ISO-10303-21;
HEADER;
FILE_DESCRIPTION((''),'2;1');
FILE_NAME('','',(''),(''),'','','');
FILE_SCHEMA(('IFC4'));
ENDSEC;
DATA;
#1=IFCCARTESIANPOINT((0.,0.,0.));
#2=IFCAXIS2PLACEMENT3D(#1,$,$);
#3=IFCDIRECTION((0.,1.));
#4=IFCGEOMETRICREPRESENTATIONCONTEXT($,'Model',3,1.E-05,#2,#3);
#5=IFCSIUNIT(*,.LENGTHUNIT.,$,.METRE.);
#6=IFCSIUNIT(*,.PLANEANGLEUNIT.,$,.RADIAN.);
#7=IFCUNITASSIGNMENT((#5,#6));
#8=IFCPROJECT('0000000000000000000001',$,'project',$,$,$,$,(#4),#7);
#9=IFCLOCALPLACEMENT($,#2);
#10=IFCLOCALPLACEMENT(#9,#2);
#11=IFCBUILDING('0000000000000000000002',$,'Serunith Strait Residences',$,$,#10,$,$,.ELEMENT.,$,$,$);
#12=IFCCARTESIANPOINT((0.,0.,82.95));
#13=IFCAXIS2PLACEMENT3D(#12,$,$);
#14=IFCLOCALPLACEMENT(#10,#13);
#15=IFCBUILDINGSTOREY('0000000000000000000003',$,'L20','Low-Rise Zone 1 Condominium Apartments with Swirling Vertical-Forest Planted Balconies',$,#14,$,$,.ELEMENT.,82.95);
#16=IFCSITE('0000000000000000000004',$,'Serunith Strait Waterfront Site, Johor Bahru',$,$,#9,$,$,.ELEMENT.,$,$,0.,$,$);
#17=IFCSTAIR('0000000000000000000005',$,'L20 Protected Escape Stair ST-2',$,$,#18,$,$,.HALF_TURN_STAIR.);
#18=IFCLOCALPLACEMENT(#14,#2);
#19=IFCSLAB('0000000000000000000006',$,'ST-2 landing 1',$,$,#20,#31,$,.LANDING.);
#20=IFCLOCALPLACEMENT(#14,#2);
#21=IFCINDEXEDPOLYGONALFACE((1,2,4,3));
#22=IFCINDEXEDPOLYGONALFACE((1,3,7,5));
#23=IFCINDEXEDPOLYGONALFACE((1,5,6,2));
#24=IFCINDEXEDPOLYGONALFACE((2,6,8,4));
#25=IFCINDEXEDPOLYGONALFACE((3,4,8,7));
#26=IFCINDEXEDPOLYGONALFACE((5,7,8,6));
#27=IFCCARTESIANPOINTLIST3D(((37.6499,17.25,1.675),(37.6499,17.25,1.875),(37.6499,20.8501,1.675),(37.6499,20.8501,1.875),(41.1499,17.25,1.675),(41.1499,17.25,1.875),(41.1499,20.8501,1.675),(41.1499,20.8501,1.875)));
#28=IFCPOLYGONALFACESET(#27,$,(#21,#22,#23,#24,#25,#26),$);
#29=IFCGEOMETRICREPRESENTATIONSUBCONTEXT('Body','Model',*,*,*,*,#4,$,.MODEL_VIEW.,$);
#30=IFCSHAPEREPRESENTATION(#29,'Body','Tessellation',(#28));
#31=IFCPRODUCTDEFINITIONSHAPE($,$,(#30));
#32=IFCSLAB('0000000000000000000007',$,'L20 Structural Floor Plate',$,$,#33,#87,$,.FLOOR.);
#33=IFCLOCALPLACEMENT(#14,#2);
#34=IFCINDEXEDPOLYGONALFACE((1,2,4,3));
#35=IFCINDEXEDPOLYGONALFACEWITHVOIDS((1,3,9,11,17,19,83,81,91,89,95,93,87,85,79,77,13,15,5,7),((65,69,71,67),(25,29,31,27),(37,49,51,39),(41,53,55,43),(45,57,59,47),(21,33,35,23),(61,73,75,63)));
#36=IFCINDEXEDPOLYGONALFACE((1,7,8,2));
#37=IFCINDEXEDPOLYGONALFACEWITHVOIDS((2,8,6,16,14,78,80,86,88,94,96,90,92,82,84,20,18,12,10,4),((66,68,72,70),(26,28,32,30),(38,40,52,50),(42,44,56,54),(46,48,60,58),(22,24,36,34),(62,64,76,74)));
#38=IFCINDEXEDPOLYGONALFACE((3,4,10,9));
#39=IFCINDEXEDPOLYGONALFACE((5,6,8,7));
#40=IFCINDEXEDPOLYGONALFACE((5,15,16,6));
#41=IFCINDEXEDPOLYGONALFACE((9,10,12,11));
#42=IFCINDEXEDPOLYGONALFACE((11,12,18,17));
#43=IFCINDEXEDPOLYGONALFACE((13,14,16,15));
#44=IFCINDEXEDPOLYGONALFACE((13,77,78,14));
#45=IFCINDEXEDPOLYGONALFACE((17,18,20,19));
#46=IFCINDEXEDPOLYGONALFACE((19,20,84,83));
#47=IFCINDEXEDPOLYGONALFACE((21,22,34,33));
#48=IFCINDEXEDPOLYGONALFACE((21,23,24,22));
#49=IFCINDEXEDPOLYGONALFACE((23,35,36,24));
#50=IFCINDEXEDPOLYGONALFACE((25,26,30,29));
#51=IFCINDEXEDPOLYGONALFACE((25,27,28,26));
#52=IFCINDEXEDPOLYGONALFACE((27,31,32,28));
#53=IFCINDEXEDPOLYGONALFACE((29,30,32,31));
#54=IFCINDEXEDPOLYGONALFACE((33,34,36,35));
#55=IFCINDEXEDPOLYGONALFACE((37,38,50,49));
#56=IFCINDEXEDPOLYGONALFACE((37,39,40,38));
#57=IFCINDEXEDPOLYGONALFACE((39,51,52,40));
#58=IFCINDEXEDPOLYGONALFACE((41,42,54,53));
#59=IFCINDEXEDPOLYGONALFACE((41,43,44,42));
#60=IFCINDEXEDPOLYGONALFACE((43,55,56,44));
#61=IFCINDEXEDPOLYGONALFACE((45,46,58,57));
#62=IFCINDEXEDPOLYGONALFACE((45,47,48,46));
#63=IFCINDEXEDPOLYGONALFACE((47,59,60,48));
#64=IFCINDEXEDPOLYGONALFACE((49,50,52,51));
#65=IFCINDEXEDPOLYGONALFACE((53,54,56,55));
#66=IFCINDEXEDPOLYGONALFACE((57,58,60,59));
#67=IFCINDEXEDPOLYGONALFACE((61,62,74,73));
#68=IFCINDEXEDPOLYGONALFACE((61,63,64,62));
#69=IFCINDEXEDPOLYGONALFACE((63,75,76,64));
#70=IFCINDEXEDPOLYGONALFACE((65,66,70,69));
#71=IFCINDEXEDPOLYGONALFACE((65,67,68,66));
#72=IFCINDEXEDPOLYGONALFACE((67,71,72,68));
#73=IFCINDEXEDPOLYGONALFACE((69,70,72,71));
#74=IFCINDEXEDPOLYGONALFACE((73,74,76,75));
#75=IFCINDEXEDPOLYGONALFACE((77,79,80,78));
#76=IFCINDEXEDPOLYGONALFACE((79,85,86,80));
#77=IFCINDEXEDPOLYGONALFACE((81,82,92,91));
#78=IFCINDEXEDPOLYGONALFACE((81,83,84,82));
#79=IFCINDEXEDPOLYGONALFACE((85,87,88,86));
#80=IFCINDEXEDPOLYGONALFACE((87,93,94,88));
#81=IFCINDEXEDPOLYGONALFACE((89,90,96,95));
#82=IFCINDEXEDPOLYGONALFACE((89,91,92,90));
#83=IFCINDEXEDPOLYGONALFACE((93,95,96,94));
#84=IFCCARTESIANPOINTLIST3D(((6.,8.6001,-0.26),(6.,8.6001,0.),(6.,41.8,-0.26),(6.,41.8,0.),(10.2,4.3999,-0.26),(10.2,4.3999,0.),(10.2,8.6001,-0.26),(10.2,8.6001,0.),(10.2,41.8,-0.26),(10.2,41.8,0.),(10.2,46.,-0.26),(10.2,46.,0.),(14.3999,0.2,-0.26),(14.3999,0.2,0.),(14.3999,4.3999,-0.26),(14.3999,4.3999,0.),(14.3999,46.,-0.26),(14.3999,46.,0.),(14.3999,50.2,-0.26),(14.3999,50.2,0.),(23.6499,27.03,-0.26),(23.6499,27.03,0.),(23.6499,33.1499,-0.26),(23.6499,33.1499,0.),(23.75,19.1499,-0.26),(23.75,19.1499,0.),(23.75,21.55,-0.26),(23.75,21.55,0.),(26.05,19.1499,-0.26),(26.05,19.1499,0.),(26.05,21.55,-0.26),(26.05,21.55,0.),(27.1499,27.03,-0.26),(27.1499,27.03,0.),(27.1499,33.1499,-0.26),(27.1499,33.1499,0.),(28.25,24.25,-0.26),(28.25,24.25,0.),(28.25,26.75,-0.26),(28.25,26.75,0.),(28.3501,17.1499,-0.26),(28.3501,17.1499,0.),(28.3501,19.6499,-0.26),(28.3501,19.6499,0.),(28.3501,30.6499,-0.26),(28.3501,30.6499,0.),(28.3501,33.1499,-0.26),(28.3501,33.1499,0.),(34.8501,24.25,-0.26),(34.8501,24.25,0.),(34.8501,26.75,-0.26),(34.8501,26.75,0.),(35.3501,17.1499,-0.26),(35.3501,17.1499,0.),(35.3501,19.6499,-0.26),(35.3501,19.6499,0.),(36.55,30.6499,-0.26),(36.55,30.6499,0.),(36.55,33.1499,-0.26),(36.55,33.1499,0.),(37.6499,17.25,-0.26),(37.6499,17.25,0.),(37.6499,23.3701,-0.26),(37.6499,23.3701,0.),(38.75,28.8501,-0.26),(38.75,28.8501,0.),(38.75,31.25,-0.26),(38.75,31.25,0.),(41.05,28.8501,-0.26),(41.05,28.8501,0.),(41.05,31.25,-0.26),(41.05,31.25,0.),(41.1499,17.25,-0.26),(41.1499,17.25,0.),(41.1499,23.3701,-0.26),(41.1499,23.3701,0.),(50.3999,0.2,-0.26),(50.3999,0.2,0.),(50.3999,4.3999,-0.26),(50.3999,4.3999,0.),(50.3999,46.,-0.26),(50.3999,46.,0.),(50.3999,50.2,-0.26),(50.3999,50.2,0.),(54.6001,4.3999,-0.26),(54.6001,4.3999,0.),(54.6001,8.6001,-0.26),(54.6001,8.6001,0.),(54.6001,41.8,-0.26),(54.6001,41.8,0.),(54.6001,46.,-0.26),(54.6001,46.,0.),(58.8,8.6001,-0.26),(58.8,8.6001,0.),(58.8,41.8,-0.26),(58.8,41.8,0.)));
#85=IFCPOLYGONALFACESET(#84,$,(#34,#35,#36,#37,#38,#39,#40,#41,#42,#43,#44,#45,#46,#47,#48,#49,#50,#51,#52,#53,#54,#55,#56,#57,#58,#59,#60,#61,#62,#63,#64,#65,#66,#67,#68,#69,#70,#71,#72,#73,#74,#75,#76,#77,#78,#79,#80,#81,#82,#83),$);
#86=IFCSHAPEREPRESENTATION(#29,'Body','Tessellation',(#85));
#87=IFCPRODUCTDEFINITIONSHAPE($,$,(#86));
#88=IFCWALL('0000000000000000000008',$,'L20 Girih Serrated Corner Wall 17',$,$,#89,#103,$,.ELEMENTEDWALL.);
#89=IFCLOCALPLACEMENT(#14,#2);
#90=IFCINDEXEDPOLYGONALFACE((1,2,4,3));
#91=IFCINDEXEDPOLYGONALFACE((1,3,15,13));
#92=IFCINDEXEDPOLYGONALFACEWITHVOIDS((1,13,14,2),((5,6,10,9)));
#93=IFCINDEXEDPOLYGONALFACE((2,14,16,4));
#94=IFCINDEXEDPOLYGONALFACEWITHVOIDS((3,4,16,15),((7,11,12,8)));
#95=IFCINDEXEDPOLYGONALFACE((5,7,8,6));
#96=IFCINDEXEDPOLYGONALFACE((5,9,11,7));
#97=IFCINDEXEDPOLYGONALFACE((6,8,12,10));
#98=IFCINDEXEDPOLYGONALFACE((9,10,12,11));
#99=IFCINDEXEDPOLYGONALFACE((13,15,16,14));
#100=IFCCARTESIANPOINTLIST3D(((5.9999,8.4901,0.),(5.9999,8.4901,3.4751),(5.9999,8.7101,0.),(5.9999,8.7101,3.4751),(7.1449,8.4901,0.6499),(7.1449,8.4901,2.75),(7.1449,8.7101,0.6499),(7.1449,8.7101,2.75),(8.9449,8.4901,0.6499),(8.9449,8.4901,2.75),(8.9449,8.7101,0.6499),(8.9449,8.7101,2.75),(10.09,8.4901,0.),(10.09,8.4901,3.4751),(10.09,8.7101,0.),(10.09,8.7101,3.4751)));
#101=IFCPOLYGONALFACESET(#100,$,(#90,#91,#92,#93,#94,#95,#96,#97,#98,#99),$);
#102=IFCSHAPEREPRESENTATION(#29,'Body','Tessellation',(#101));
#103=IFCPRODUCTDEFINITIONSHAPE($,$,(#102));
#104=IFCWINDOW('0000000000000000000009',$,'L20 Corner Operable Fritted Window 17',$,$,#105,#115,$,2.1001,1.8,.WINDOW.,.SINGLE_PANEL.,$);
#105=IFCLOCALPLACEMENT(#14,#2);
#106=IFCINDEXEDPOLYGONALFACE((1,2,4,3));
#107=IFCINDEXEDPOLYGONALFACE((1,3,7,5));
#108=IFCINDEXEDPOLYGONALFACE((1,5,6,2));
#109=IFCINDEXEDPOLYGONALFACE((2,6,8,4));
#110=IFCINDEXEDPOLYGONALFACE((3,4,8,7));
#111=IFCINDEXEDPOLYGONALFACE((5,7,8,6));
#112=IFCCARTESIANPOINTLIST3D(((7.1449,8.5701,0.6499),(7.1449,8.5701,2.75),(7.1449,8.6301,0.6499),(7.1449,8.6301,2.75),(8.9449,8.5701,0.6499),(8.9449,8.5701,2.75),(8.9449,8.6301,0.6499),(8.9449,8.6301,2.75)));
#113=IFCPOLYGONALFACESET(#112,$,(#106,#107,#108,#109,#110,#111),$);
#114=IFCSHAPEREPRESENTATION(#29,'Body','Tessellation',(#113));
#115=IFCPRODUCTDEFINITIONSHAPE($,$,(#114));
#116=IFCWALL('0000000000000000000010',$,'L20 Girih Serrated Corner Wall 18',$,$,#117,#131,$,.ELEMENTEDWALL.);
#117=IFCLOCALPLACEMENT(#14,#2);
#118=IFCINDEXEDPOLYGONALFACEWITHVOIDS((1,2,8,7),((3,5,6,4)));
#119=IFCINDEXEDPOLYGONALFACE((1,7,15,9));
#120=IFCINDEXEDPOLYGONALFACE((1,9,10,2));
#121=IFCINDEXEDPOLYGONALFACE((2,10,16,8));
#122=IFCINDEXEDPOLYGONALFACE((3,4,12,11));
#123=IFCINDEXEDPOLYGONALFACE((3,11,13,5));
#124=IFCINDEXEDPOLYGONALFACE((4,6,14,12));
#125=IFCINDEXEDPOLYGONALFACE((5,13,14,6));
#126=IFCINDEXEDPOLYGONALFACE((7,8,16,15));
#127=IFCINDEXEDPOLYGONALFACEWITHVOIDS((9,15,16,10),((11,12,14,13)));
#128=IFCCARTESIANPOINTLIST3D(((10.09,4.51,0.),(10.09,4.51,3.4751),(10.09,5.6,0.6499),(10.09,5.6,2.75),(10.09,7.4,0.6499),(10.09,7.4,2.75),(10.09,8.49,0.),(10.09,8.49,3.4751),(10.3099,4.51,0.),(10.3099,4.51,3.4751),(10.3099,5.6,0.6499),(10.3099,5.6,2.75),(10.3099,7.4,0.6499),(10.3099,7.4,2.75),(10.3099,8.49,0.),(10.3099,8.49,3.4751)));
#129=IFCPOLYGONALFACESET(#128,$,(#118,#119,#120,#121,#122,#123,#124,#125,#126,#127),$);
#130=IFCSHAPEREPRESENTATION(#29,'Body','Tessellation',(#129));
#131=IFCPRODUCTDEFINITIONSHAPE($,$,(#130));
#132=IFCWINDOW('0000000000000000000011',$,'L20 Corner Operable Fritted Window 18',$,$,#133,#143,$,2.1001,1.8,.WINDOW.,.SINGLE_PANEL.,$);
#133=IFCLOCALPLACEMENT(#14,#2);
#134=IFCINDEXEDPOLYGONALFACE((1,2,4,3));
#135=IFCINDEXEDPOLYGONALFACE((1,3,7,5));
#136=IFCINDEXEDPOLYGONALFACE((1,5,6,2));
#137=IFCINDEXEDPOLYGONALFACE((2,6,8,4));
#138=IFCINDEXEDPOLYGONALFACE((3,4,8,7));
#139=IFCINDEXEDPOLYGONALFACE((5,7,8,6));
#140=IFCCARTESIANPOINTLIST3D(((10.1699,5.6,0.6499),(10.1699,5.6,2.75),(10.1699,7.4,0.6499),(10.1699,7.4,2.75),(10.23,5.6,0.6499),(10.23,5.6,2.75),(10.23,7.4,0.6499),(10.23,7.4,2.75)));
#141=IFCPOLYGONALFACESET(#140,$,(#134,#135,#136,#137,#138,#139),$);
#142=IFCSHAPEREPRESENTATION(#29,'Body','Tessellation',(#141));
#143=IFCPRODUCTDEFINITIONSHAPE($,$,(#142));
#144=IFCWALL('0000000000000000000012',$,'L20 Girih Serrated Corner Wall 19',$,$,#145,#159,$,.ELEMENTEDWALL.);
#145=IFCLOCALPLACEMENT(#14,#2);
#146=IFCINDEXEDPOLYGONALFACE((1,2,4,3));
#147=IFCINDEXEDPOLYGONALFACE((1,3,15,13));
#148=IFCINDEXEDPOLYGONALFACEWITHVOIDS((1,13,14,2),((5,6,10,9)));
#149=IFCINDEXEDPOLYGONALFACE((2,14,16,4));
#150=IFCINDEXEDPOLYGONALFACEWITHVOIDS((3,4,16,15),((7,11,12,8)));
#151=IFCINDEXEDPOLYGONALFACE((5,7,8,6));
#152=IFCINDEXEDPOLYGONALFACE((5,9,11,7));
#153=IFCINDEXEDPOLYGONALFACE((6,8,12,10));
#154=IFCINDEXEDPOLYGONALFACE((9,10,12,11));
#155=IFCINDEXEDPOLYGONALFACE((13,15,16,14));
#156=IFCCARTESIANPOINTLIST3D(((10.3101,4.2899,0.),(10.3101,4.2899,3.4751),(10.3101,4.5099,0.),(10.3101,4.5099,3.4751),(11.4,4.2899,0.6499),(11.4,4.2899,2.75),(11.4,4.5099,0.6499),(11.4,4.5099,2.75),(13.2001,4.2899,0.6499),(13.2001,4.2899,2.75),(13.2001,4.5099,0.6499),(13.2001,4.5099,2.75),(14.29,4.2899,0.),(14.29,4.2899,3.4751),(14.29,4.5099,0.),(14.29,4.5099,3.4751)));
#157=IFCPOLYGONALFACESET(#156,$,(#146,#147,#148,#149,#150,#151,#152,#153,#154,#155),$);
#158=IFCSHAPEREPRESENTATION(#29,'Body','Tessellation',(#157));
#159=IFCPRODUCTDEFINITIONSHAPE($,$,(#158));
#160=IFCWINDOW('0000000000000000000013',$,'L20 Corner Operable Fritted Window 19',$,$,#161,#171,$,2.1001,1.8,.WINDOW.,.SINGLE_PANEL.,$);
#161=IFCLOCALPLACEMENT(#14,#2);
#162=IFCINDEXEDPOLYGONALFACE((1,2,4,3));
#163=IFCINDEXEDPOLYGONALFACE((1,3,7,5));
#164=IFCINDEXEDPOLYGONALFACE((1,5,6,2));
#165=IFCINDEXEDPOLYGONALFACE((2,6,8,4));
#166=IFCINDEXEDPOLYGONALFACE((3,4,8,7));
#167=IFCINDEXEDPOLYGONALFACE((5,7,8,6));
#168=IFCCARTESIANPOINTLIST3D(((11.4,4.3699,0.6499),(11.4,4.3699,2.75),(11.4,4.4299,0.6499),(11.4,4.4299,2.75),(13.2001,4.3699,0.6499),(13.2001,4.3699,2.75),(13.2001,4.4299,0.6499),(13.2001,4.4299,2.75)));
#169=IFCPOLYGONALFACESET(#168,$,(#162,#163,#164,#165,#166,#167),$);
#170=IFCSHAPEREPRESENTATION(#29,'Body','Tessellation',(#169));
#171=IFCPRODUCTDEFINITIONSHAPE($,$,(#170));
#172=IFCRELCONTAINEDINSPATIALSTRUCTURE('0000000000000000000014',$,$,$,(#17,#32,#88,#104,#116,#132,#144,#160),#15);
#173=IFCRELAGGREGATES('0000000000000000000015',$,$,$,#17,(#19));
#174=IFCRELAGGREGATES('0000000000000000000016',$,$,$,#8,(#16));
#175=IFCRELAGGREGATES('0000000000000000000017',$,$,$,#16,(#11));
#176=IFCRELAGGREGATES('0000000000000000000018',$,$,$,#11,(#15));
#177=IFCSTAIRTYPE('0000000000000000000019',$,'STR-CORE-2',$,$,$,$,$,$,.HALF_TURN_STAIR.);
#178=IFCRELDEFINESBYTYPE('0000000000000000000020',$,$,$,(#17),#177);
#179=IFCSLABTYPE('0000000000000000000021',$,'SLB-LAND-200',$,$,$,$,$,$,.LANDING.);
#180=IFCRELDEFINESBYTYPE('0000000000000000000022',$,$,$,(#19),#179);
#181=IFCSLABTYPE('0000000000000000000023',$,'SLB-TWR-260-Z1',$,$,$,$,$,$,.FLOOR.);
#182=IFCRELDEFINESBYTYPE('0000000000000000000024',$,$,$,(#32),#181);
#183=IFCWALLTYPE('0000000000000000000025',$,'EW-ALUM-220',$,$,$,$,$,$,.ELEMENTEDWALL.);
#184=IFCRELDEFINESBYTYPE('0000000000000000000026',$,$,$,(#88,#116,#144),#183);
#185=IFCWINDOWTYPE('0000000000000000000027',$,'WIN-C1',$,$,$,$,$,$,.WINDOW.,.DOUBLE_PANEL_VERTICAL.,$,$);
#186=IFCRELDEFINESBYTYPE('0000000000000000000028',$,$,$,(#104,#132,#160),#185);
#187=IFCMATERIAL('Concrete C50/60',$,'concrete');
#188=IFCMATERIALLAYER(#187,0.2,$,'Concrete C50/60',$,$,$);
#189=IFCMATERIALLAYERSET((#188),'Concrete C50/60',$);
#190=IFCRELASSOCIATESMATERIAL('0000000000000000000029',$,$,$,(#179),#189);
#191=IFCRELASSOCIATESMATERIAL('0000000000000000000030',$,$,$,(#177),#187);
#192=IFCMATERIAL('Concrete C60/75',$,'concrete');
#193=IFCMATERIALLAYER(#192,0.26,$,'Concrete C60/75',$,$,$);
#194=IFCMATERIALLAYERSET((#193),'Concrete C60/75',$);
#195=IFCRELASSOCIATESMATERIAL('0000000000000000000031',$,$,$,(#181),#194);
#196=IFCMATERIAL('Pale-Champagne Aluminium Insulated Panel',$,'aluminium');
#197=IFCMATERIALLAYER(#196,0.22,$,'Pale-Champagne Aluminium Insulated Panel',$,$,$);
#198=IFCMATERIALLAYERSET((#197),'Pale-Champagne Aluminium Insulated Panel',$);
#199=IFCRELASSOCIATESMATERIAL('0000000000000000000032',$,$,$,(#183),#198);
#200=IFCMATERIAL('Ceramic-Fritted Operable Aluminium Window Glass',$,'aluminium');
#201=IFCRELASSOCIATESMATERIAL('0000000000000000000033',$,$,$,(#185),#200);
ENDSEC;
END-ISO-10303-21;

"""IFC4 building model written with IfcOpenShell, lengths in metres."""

from ifc_helpers import new_model, si_unit, direction, frame, frame_2d, origin, place, context, subcontext, project, spatial, polyline, rectangle, outline, extrude, source, transform, mapped, material, layer, layer_set, type_object, element, fill, aggregate, save


model = new_model("IFC4")

# Units and contexts
model_context = context("Model", 3, precision=1e-05, world=origin(), true_north=direction((0.0, 1.0)))
body_context = subcontext(model_context, "Body", "Model", "MODEL_VIEW")
ifc_project = project(units=[si_unit("LENGTHUNIT", "METRE"), si_unit("PLANEANGLEUNIT", "RADIAN")], contexts=[model_context])

# Site, building, storey
site_placement = place(None, origin())
site = spatial("IfcSite", under=ifc_project, at=site_placement, Name="Serunith Strait Waterfront Site, Johor Bahru", CompositionType="ELEMENT", RefElevation=0.0)
building_placement = place(site_placement, origin())
building = spatial("IfcBuilding", under=site, at=building_placement, Name="Serunith Strait Residences", CompositionType="ELEMENT")
storey_placement = place(building_placement, frame((0.0, 0.0, 82.95)))
storey = spatial("IfcBuildingStorey", under=building, at=storey_placement, Name="L20", Description="Low-Rise Zone 1 Condominium Apartments with Swirling Vertical-Forest Planted Balconies", CompositionType="ELEMENT", Elevation=82.95)

# Shared definitions
ifc_material_1 = material(Name="Concrete C50/60", Category="concrete")

# Stair, slab
ifc_layer_1 = layer(ifc_material_1, 0.2, Name="Concrete C50/60")
ifc_layer_set_1 = layer_set([ifc_layer_1], Name="Concrete C50/60")
slab_type_1 = type_object("IfcSlabType", Name="SLB-LAND-200", PredefinedType="LANDING", material=ifc_layer_set_1)
stair_type_1 = type_object("IfcStairType", Name="STR-CORE-2", PredefinedType="HALF_TURN_STAIR", material=ifc_material_1)
stair_1_placement = place(storey_placement, origin())
stair_1 = element("IfcStair", 1, at=stair_1_placement, inside=storey, type_object=stair_type_1, Name="L20 Protected Escape Stair ST-2", PredefinedType="HALF_TURN_STAIR")
slab_1_placement = place(storey_placement, frame((0.0, 0.0, 1.675)))
slab_1 = element("IfcSlab", 2, at=slab_1_placement, type_object=slab_type_1, Name="ST-2 landing 1", PredefinedType="LANDING", context=body_context, shape_type="SweptSolid", body=[
    extrude(outline(polyline([(37.6499, 20.8501), (37.6499, 17.25), (41.1499, 17.25), (41.1499, 20.8501), (37.6499, 20.8501)])), origin(), (0.0, 0.0, 1.0), 0.2),
])
aggregate(stair_1, [slab_1])

# Slab
ifc_material_2 = material(Name="Concrete C60/75", Category="concrete")
ifc_layer_2 = layer(ifc_material_2, 0.26, Name="Concrete C60/75")
ifc_layer_set_2 = layer_set([ifc_layer_2], Name="Concrete C60/75")
slab_type_2 = type_object("IfcSlabType", Name="SLB-TWR-260-Z1", PredefinedType="FLOOR", material=ifc_layer_set_2)
slab_2_placement = place(storey_placement, frame((0.0, 0.0, -0.26)))
element("IfcSlab", 3, at=slab_2_placement, inside=storey, type_object=slab_type_2, Name="L20 Structural Floor Plate", PredefinedType="FLOOR", context=body_context, shape_type="SweptSolid", body=[
    extrude(outline(polyline([(14.3999, 4.3999), (10.2, 4.3999), (10.2, 8.6001), (6.0, 8.6001), (6.0, 41.8), (10.2, 41.8), (10.2, 46.0), (14.3999, 46.0), (14.3999, 50.2), (50.3999, 50.2), (50.3999, 46.0), (54.6001, 46.0), (54.6001, 41.8), (58.8, 41.8), (58.8, 8.6001), (54.6001, 8.6001), (54.6001, 4.3999), (50.3999, 4.3999), (50.3999, 0.2), (14.3999, 0.2), (14.3999, 4.3999)]), holes=[polyline([(41.1499, 17.25), (41.1499, 23.3701), (37.6499, 23.3701), (37.6499, 17.25), (41.1499, 17.25)]), polyline([(41.05, 31.25), (38.75, 31.25), (38.75, 28.8501), (41.05, 28.8501), (41.05, 31.25)]), polyline([(36.55, 33.1499), (28.3501, 33.1499), (28.3501, 30.6499), (36.55, 30.6499), (36.55, 33.1499)]), polyline([(28.3501, 19.6499), (28.3501, 17.1499), (35.3501, 17.1499), (35.3501, 19.6499), (28.3501, 19.6499)]), polyline([(34.8501, 26.75), (28.25, 26.75), (28.25, 24.25), (34.8501, 24.25), (34.8501, 26.75)]), polyline([(23.6499, 33.1499), (23.6499, 27.03), (27.1499, 27.03), (27.1499, 33.1499), (23.6499, 33.1499)]), polyline([(26.05, 21.55), (23.75, 21.55), (23.75, 19.1499), (26.05, 19.1499), (26.05, 21.55)])]), origin(), (0.0, 0.0, 1.0), 0.26),
])

# Walls, openings, windows
ifc_material_3 = material(Name="Pale-Champagne Aluminium Insulated Panel", Category="aluminium")
ifc_layer_3 = layer(ifc_material_3, 0.22, Name="Pale-Champagne Aluminium Insulated Panel")
ifc_layer_set_3 = layer_set([ifc_layer_3], Name="Pale-Champagne Aluminium Insulated Panel")
wall_type_1 = type_object("IfcWallType", Name="EW-ALUM-220", PredefinedType="ELEMENTEDWALL", material=ifc_layer_set_3)
wall_1_placement = place(storey_placement, frame((6.0, 8.6001, 0.0), z_axis=(0.0, 0.0, 1.0), x_axis=(1.0, 0.0, 0.0)))
wall_1 = element("IfcWall", 4, at=wall_1_placement, inside=storey, type_object=wall_type_1, Name="L20 Girih Serrated Corner Wall 17", PredefinedType="ELEMENTEDWALL", context=body_context, shape_type="SweptSolid", body=[
    extrude(rectangle(XDim=4.0901, YDim=0.22, at=frame_2d((2.0449, 0.0))), origin(), (0.0, 0.0, 1.0), 3.4751),
])
opening_1_placement = place(wall_1_placement, frame((1.145, 0.0, 0.6499)))
opening_1 = element("IfcOpeningElement", 5, at=opening_1_placement, cuts=wall_1, PredefinedType="OPENING", context=body_context, shape_type="SweptSolid", body=[
    extrude(rectangle(XDim=1.8, YDim=2.1001, at=frame_2d((0.8999, 1.05))), frame((0.0, 0.1201, 0.0), z_axis=(0.0, -1.0, 0.0), x_axis=(1.0, 0.0, 0.0)), (0.0, 0.0, 1.0), 0.24),
])
ifc_material_4 = material(Name="Ceramic-Fritted Operable Aluminium Window Glass", Category="aluminium")
window_type = type_object("IfcWindowType", Name="WIN-C1", PartitioningType="DOUBLE_PANEL_VERTICAL", PredefinedType="WINDOW", material=ifc_material_4)
shared_shape_1 = source(origin(), body_context, "Body", "SweptSolid", [
    extrude(rectangle(XDim=1.8, YDim=2.1001, at=frame_2d((0.8999, 1.05))), frame((0.0, 0.03, 0.0), z_axis=(0.0, -1.0, 0.0), x_axis=(1.0, 0.0, 0.0)), (0.0, 0.0, 1.0), 0.0601),
])
window_1_placement = place(opening_1_placement, origin())
window_1 = element("IfcWindow", 6, at=window_1_placement, inside=storey, type_object=window_type, Name="L20 Corner Operable Fritted Window 17", OverallHeight=2.1001, OverallWidth=1.8, PartitioningType="SINGLE_PANEL", PredefinedType="WINDOW", context=body_context, shape_type="MappedRepresentation", body=[
    mapped(shared_shape_1, transform((0.0, 0.0, 0.0), scale=1.0)),
])
fill(opening_1, window_1)
wall_2_placement = place(storey_placement, frame((10.2, 8.49, 0.0), z_axis=(0.0, 0.0, 1.0), x_axis=(0.0, -1.0, 0.0)))
wall_2 = element("IfcWall", 7, at=wall_2_placement, inside=storey, type_object=wall_type_1, Name="L20 Girih Serrated Corner Wall 18", PredefinedType="ELEMENTEDWALL", context=body_context, shape_type="SweptSolid", body=[
    extrude(rectangle(XDim=3.98, YDim=0.22, at=frame_2d((1.99, 0.0))), origin(), (0.0, 0.0, 1.0), 3.4751),
])
opening_2_placement = place(wall_2_placement, frame((1.0901, 0.0, 0.6499)))
opening_2 = element("IfcOpeningElement", 8, at=opening_2_placement, cuts=wall_2, PredefinedType="OPENING", context=body_context, shape_type="SweptSolid", body=[
    extrude(rectangle(XDim=1.8, YDim=2.1001, at=frame_2d((0.8999, 1.05))), frame((0.0, 0.1201, 0.0), z_axis=(0.0, -1.0, 0.0), x_axis=(1.0, 0.0, 0.0)), (0.0, 0.0, 1.0), 0.24),
])
window_2_placement = place(opening_2_placement, origin())
window_2 = element("IfcWindow", 9, at=window_2_placement, inside=storey, type_object=window_type, Name="L20 Corner Operable Fritted Window 18", OverallHeight=2.1001, OverallWidth=1.8, PartitioningType="SINGLE_PANEL", PredefinedType="WINDOW", context=body_context, shape_type="MappedRepresentation", body=[
    mapped(shared_shape_1, transform((0.0, 0.0, 0.0), scale=1.0)),
])
fill(opening_2, window_2)
wall_3_placement = place(storey_placement, frame((10.3101, 4.3999, 0.0), z_axis=(0.0, 0.0, 1.0), x_axis=(1.0, 0.0, 0.0)))
wall_3 = element("IfcWall", 10, at=wall_3_placement, inside=storey, type_object=wall_type_1, Name="L20 Girih Serrated Corner Wall 19", PredefinedType="ELEMENTEDWALL", context=body_context, shape_type="SweptSolid", body=[
    extrude(rectangle(XDim=3.98, YDim=0.22, at=frame_2d((1.99, 0.0))), origin(), (0.0, 0.0, 1.0), 3.4751),
])
opening_3_placement = place(wall_3_placement, frame((1.0901, 0.0, 0.6499)))
opening_3 = element("IfcOpeningElement", 11, at=opening_3_placement, cuts=wall_3, PredefinedType="OPENING", context=body_context, shape_type="SweptSolid", body=[
    extrude(rectangle(XDim=1.8, YDim=2.1001, at=frame_2d((0.8999, 1.05))), frame((0.0, 0.1201, 0.0), z_axis=(0.0, -1.0, 0.0), x_axis=(1.0, 0.0, 0.0)), (0.0, 0.0, 1.0), 0.24),
])
window_3_placement = place(opening_3_placement, origin())
window_3 = element("IfcWindow", 12, at=window_3_placement, inside=storey, type_object=window_type, Name="L20 Corner Operable Fritted Window 19", OverallHeight=2.1001, OverallWidth=1.8, PartitioningType="SINGLE_PANEL", PredefinedType="WINDOW", context=body_context, shape_type="MappedRepresentation", body=[
    mapped(shared_shape_1, transform((0.0, 0.0, 0.0), scale=1.0)),
])
fill(opening_3, window_3)

save(model, "model.ifc")
